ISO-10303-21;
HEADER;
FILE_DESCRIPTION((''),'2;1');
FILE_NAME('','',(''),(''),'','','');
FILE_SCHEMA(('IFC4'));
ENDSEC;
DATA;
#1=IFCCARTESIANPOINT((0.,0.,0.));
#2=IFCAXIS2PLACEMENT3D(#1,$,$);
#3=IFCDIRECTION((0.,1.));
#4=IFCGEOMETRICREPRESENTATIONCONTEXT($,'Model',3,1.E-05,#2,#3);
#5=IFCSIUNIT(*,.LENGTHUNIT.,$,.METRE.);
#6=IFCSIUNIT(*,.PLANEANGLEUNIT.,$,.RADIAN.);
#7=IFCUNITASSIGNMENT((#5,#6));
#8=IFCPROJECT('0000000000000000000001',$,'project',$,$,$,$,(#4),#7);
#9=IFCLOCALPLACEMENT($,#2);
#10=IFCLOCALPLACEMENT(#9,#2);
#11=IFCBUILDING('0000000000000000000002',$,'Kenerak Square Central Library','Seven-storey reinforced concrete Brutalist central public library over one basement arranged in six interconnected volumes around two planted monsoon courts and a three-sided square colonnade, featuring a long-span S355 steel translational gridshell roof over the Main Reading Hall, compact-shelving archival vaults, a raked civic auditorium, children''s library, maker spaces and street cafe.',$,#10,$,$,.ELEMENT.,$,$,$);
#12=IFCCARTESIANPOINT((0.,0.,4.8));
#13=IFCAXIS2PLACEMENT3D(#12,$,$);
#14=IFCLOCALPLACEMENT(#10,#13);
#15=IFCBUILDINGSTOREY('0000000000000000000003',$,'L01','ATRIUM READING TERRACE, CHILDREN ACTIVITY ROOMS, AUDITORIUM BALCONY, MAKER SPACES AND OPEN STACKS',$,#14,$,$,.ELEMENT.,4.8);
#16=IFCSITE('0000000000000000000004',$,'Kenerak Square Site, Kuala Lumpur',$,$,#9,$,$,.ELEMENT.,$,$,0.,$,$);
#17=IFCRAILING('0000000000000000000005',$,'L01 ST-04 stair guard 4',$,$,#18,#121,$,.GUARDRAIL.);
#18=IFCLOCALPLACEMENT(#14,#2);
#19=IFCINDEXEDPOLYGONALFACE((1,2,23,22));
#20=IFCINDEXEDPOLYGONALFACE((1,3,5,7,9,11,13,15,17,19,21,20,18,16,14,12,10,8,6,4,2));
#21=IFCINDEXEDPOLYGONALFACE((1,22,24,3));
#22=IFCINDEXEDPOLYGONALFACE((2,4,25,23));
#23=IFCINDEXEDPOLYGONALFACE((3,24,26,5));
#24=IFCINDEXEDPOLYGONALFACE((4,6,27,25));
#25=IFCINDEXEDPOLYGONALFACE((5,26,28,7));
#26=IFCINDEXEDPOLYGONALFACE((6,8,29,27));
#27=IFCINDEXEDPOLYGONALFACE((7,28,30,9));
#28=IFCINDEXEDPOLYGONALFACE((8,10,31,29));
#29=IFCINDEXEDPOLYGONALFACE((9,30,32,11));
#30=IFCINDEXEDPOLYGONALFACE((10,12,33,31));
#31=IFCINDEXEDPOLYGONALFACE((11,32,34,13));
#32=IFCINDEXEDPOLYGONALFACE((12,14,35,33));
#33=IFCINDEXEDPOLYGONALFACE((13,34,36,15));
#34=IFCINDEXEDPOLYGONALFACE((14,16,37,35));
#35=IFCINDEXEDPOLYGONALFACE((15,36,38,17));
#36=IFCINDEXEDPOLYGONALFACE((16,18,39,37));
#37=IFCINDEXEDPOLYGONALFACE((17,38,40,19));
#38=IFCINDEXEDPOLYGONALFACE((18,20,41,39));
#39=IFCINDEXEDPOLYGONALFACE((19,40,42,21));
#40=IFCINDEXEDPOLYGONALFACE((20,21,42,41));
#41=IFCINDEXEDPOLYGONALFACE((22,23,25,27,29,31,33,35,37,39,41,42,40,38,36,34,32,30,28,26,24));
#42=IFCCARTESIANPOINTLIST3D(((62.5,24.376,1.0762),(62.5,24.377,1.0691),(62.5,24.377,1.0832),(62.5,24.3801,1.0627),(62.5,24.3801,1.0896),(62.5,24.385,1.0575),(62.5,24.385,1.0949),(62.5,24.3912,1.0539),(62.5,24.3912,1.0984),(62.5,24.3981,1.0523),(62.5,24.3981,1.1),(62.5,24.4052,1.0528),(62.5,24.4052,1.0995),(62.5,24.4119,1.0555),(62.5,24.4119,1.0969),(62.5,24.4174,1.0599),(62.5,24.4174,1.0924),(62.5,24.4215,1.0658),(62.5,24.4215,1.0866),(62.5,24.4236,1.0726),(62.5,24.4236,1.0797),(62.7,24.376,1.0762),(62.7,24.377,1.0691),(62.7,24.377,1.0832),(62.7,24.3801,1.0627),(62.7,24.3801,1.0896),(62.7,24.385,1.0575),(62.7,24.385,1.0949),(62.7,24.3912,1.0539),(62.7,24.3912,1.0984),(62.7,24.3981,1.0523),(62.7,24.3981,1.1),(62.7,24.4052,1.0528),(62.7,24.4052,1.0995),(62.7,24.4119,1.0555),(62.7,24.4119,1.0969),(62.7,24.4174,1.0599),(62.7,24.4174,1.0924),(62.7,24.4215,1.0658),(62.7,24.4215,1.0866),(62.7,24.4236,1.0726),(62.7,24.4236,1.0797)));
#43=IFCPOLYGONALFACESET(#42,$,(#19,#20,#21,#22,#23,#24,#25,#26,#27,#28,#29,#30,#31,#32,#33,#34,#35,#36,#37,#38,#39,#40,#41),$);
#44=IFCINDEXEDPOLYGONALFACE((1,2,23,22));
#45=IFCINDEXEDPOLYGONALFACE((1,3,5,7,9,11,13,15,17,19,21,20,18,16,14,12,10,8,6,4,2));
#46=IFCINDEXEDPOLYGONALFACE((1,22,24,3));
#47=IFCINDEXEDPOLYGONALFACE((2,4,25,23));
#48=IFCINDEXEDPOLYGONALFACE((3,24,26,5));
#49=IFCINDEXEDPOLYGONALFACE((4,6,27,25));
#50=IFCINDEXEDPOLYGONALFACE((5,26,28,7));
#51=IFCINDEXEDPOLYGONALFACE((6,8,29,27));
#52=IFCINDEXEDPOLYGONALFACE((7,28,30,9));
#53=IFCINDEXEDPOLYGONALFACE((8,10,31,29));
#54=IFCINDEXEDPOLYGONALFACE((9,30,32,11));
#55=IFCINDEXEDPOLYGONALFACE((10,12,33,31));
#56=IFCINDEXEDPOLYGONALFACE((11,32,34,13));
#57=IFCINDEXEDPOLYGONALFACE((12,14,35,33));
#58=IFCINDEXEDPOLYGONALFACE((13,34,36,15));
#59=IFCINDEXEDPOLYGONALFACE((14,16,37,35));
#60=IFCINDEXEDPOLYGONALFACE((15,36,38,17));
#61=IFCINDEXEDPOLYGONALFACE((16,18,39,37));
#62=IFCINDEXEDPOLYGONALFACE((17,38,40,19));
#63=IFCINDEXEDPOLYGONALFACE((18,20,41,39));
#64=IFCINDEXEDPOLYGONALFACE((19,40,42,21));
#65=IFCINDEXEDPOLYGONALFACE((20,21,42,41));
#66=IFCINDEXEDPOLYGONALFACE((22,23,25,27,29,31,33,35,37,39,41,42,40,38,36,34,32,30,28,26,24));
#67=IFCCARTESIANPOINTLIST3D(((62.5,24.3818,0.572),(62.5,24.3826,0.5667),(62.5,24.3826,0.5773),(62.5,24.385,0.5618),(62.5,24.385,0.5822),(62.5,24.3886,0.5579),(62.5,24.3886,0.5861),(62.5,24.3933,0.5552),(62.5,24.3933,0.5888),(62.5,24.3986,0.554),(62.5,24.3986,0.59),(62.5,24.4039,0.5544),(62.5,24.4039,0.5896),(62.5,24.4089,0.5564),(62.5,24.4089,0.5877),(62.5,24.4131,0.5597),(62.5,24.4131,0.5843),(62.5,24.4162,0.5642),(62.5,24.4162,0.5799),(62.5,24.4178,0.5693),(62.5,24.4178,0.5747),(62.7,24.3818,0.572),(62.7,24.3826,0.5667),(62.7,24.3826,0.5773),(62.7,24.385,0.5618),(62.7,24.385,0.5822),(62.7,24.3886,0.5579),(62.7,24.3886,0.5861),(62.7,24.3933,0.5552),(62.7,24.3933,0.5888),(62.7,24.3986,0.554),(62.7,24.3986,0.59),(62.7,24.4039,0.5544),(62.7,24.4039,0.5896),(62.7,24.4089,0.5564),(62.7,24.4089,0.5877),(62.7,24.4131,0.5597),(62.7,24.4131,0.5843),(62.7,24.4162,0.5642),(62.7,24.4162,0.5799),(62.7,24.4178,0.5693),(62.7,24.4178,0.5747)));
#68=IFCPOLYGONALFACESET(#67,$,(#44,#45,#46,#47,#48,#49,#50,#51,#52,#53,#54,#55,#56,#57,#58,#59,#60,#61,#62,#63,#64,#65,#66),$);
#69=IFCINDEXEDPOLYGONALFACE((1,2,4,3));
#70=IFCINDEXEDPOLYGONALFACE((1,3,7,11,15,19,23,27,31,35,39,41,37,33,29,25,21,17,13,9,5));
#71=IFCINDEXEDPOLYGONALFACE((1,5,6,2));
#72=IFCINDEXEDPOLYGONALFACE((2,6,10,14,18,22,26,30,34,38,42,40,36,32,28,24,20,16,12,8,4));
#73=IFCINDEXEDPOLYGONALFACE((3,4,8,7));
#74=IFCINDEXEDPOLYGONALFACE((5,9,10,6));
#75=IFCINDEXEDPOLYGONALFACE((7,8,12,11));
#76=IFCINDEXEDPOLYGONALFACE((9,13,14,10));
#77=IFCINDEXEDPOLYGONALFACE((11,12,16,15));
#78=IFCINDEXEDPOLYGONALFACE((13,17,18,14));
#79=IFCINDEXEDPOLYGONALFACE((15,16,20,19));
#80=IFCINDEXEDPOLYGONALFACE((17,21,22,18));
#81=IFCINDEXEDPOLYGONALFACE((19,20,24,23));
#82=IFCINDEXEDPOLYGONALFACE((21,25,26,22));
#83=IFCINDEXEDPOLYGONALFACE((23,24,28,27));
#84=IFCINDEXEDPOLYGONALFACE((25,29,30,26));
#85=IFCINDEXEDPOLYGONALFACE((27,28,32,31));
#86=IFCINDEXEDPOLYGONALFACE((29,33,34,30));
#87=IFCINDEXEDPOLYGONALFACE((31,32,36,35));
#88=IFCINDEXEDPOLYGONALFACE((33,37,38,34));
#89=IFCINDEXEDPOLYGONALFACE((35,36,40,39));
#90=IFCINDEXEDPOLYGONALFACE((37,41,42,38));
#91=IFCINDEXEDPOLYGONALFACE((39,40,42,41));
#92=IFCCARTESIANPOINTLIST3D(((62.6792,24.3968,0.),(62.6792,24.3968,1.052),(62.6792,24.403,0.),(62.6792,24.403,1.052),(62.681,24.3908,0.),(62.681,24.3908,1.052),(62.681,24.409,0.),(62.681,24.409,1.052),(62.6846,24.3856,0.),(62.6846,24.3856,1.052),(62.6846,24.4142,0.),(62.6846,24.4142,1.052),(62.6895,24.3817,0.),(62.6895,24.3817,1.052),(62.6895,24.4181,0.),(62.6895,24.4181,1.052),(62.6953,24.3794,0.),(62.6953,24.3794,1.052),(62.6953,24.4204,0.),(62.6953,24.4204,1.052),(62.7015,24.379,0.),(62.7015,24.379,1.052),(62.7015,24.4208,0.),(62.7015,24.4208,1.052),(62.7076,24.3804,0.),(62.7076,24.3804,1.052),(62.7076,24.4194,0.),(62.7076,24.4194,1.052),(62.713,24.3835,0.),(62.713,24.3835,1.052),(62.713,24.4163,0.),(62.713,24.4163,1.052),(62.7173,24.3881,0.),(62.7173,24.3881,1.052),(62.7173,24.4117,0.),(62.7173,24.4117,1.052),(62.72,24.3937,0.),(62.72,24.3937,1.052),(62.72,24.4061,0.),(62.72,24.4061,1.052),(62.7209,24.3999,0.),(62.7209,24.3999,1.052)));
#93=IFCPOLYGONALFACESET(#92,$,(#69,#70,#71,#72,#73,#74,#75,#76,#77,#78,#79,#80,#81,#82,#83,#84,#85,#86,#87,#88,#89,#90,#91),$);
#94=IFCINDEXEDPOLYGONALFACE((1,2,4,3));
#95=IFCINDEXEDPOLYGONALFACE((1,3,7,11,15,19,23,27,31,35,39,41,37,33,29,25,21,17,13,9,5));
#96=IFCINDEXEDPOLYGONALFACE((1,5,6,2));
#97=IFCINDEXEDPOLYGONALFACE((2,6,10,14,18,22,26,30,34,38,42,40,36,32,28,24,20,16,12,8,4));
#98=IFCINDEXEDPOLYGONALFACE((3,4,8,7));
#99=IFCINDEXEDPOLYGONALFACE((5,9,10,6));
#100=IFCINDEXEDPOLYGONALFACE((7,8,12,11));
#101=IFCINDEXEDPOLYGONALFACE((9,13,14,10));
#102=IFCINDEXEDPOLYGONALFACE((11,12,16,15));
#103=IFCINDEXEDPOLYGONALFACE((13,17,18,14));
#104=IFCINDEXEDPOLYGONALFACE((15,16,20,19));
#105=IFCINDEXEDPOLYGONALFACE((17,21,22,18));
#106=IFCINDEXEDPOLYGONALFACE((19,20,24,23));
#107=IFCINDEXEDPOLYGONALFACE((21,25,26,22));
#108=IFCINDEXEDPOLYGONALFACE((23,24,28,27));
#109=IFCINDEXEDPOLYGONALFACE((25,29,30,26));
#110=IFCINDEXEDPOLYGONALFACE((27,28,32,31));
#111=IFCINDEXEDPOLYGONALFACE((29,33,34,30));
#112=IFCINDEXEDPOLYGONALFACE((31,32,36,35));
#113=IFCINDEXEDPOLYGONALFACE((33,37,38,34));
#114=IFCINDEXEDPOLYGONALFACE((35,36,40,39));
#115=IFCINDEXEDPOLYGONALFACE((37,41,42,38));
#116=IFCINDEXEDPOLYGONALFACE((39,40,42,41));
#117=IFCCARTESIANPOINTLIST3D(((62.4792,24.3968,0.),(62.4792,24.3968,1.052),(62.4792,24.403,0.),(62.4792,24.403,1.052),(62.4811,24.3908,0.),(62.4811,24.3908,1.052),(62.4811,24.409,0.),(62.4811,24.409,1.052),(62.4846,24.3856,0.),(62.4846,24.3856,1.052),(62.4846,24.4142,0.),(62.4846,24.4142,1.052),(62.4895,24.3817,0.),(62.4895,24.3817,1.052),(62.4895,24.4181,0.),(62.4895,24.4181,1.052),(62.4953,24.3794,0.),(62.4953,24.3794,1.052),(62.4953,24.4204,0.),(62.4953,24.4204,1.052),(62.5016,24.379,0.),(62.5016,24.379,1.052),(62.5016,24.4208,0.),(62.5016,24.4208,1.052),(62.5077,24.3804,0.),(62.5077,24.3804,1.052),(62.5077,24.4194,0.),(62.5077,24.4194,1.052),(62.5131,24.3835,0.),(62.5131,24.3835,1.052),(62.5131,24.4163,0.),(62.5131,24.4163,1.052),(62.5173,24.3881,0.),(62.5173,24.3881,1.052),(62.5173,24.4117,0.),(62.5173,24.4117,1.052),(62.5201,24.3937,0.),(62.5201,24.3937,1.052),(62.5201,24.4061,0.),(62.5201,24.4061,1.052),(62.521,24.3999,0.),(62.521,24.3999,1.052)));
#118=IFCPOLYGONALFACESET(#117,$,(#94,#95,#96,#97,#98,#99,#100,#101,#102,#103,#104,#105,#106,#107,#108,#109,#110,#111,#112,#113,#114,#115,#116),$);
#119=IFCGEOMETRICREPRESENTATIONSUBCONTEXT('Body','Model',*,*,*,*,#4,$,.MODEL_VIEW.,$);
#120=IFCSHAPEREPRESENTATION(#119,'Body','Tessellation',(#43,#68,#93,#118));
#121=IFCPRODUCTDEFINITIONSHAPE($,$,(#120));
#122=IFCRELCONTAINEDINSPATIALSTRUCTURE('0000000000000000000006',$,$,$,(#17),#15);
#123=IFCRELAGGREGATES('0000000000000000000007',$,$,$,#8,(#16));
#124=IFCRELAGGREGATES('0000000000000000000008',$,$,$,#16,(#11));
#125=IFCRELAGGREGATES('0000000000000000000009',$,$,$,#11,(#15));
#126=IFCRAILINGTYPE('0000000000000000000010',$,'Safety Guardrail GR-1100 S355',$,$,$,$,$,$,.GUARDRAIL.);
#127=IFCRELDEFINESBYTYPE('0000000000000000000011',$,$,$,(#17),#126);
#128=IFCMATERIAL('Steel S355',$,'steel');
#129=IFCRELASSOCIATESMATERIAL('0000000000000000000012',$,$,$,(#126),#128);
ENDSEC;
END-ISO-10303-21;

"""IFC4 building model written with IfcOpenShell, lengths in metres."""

from ifc_helpers import new_model, si_unit, direction, frame, origin, origin_2d, place, context, subcontext, project, spatial, circle, extrude, material, type_object, element, save


model = new_model("IFC4")

# Units and contexts
model_context = context("Model", 3, precision=1e-05, world=origin(), true_north=direction((0.0, 1.0)))
body_context = subcontext(model_context, "Body", "Model", "MODEL_VIEW")
ifc_project = project(units=[si_unit("LENGTHUNIT", "METRE"), si_unit("PLANEANGLEUNIT", "RADIAN")], contexts=[model_context])

# Site, building, storey
site_placement = place(None, origin())
site = spatial("IfcSite", under=ifc_project, at=site_placement, Name="Kenerak Square Site, Kuala Lumpur", CompositionType="ELEMENT", RefElevation=0.0)
building_placement = place(site_placement, origin())
building = spatial("IfcBuilding", under=site, at=building_placement, Name="Kenerak Square Central Library", Description="Seven-storey reinforced concrete Brutalist central public library over one basement arranged in six interconnected volumes around two planted monsoon courts and a three-sided square colonnade, featuring a long-span S355 steel translational gridshell roof over the Main Reading Hall, compact-shelving archival vaults, a raked civic auditorium, children's library, maker spaces and street cafe.", CompositionType="ELEMENT")
storey_placement = place(building_placement, frame((0.0, 0.0, 4.8)))
storey = spatial("IfcBuildingStorey", under=building, at=storey_placement, Name="L01", Description="ATRIUM READING TERRACE, CHILDREN ACTIVITY ROOMS, AUDITORIUM BALCONY, MAKER SPACES AND OPEN STACKS", CompositionType="ELEMENT", Elevation=4.8)

# Shared definitions
ifc_material_1 = material(Name="Steel S355", Category="steel")

# Railing
railing_type_1 = type_object("IfcRailingType", Name="Safety Guardrail GR-1100 S355", PredefinedType="GUARDRAIL", material=ifc_material_1)
railing_1_placement = place(storey_placement, frame((62.7, 24.3999, 0.0)))
element("IfcRailing", 1, at=railing_1_placement, inside=storey, type_object=railing_type_1, Name="L01 ST-04 stair guard 4", PredefinedType="GUARDRAIL", context=body_context, shape_type="SweptSolid", body=[
    extrude(circle(Radius=0.0239, at=origin_2d()), frame((0.0, 0.0, 1.0762), z_axis=(-1.0, 0.0, 0.0), x_axis=(0.0, -1.0, 0.0)), (0.0, 0.0, 1.0), 0.2),
    extrude(circle(Radius=0.0181, at=origin_2d()), frame((0.0, 0.0, 0.572), z_axis=(-1.0, 0.0, 0.0), x_axis=(0.0, -1.0, 0.0)), (0.0, 0.0, 1.0), 0.2),
    extrude(circle(Radius=0.021, at=origin_2d()), origin(), (0.0, 0.0, 1.0), 1.052),
    extrude(circle(Radius=0.021, at=origin_2d()), frame((-0.2, 0.0, 0.0)), (0.0, 0.0, 1.0), 1.052),
])

save(model, "model.ifc")
